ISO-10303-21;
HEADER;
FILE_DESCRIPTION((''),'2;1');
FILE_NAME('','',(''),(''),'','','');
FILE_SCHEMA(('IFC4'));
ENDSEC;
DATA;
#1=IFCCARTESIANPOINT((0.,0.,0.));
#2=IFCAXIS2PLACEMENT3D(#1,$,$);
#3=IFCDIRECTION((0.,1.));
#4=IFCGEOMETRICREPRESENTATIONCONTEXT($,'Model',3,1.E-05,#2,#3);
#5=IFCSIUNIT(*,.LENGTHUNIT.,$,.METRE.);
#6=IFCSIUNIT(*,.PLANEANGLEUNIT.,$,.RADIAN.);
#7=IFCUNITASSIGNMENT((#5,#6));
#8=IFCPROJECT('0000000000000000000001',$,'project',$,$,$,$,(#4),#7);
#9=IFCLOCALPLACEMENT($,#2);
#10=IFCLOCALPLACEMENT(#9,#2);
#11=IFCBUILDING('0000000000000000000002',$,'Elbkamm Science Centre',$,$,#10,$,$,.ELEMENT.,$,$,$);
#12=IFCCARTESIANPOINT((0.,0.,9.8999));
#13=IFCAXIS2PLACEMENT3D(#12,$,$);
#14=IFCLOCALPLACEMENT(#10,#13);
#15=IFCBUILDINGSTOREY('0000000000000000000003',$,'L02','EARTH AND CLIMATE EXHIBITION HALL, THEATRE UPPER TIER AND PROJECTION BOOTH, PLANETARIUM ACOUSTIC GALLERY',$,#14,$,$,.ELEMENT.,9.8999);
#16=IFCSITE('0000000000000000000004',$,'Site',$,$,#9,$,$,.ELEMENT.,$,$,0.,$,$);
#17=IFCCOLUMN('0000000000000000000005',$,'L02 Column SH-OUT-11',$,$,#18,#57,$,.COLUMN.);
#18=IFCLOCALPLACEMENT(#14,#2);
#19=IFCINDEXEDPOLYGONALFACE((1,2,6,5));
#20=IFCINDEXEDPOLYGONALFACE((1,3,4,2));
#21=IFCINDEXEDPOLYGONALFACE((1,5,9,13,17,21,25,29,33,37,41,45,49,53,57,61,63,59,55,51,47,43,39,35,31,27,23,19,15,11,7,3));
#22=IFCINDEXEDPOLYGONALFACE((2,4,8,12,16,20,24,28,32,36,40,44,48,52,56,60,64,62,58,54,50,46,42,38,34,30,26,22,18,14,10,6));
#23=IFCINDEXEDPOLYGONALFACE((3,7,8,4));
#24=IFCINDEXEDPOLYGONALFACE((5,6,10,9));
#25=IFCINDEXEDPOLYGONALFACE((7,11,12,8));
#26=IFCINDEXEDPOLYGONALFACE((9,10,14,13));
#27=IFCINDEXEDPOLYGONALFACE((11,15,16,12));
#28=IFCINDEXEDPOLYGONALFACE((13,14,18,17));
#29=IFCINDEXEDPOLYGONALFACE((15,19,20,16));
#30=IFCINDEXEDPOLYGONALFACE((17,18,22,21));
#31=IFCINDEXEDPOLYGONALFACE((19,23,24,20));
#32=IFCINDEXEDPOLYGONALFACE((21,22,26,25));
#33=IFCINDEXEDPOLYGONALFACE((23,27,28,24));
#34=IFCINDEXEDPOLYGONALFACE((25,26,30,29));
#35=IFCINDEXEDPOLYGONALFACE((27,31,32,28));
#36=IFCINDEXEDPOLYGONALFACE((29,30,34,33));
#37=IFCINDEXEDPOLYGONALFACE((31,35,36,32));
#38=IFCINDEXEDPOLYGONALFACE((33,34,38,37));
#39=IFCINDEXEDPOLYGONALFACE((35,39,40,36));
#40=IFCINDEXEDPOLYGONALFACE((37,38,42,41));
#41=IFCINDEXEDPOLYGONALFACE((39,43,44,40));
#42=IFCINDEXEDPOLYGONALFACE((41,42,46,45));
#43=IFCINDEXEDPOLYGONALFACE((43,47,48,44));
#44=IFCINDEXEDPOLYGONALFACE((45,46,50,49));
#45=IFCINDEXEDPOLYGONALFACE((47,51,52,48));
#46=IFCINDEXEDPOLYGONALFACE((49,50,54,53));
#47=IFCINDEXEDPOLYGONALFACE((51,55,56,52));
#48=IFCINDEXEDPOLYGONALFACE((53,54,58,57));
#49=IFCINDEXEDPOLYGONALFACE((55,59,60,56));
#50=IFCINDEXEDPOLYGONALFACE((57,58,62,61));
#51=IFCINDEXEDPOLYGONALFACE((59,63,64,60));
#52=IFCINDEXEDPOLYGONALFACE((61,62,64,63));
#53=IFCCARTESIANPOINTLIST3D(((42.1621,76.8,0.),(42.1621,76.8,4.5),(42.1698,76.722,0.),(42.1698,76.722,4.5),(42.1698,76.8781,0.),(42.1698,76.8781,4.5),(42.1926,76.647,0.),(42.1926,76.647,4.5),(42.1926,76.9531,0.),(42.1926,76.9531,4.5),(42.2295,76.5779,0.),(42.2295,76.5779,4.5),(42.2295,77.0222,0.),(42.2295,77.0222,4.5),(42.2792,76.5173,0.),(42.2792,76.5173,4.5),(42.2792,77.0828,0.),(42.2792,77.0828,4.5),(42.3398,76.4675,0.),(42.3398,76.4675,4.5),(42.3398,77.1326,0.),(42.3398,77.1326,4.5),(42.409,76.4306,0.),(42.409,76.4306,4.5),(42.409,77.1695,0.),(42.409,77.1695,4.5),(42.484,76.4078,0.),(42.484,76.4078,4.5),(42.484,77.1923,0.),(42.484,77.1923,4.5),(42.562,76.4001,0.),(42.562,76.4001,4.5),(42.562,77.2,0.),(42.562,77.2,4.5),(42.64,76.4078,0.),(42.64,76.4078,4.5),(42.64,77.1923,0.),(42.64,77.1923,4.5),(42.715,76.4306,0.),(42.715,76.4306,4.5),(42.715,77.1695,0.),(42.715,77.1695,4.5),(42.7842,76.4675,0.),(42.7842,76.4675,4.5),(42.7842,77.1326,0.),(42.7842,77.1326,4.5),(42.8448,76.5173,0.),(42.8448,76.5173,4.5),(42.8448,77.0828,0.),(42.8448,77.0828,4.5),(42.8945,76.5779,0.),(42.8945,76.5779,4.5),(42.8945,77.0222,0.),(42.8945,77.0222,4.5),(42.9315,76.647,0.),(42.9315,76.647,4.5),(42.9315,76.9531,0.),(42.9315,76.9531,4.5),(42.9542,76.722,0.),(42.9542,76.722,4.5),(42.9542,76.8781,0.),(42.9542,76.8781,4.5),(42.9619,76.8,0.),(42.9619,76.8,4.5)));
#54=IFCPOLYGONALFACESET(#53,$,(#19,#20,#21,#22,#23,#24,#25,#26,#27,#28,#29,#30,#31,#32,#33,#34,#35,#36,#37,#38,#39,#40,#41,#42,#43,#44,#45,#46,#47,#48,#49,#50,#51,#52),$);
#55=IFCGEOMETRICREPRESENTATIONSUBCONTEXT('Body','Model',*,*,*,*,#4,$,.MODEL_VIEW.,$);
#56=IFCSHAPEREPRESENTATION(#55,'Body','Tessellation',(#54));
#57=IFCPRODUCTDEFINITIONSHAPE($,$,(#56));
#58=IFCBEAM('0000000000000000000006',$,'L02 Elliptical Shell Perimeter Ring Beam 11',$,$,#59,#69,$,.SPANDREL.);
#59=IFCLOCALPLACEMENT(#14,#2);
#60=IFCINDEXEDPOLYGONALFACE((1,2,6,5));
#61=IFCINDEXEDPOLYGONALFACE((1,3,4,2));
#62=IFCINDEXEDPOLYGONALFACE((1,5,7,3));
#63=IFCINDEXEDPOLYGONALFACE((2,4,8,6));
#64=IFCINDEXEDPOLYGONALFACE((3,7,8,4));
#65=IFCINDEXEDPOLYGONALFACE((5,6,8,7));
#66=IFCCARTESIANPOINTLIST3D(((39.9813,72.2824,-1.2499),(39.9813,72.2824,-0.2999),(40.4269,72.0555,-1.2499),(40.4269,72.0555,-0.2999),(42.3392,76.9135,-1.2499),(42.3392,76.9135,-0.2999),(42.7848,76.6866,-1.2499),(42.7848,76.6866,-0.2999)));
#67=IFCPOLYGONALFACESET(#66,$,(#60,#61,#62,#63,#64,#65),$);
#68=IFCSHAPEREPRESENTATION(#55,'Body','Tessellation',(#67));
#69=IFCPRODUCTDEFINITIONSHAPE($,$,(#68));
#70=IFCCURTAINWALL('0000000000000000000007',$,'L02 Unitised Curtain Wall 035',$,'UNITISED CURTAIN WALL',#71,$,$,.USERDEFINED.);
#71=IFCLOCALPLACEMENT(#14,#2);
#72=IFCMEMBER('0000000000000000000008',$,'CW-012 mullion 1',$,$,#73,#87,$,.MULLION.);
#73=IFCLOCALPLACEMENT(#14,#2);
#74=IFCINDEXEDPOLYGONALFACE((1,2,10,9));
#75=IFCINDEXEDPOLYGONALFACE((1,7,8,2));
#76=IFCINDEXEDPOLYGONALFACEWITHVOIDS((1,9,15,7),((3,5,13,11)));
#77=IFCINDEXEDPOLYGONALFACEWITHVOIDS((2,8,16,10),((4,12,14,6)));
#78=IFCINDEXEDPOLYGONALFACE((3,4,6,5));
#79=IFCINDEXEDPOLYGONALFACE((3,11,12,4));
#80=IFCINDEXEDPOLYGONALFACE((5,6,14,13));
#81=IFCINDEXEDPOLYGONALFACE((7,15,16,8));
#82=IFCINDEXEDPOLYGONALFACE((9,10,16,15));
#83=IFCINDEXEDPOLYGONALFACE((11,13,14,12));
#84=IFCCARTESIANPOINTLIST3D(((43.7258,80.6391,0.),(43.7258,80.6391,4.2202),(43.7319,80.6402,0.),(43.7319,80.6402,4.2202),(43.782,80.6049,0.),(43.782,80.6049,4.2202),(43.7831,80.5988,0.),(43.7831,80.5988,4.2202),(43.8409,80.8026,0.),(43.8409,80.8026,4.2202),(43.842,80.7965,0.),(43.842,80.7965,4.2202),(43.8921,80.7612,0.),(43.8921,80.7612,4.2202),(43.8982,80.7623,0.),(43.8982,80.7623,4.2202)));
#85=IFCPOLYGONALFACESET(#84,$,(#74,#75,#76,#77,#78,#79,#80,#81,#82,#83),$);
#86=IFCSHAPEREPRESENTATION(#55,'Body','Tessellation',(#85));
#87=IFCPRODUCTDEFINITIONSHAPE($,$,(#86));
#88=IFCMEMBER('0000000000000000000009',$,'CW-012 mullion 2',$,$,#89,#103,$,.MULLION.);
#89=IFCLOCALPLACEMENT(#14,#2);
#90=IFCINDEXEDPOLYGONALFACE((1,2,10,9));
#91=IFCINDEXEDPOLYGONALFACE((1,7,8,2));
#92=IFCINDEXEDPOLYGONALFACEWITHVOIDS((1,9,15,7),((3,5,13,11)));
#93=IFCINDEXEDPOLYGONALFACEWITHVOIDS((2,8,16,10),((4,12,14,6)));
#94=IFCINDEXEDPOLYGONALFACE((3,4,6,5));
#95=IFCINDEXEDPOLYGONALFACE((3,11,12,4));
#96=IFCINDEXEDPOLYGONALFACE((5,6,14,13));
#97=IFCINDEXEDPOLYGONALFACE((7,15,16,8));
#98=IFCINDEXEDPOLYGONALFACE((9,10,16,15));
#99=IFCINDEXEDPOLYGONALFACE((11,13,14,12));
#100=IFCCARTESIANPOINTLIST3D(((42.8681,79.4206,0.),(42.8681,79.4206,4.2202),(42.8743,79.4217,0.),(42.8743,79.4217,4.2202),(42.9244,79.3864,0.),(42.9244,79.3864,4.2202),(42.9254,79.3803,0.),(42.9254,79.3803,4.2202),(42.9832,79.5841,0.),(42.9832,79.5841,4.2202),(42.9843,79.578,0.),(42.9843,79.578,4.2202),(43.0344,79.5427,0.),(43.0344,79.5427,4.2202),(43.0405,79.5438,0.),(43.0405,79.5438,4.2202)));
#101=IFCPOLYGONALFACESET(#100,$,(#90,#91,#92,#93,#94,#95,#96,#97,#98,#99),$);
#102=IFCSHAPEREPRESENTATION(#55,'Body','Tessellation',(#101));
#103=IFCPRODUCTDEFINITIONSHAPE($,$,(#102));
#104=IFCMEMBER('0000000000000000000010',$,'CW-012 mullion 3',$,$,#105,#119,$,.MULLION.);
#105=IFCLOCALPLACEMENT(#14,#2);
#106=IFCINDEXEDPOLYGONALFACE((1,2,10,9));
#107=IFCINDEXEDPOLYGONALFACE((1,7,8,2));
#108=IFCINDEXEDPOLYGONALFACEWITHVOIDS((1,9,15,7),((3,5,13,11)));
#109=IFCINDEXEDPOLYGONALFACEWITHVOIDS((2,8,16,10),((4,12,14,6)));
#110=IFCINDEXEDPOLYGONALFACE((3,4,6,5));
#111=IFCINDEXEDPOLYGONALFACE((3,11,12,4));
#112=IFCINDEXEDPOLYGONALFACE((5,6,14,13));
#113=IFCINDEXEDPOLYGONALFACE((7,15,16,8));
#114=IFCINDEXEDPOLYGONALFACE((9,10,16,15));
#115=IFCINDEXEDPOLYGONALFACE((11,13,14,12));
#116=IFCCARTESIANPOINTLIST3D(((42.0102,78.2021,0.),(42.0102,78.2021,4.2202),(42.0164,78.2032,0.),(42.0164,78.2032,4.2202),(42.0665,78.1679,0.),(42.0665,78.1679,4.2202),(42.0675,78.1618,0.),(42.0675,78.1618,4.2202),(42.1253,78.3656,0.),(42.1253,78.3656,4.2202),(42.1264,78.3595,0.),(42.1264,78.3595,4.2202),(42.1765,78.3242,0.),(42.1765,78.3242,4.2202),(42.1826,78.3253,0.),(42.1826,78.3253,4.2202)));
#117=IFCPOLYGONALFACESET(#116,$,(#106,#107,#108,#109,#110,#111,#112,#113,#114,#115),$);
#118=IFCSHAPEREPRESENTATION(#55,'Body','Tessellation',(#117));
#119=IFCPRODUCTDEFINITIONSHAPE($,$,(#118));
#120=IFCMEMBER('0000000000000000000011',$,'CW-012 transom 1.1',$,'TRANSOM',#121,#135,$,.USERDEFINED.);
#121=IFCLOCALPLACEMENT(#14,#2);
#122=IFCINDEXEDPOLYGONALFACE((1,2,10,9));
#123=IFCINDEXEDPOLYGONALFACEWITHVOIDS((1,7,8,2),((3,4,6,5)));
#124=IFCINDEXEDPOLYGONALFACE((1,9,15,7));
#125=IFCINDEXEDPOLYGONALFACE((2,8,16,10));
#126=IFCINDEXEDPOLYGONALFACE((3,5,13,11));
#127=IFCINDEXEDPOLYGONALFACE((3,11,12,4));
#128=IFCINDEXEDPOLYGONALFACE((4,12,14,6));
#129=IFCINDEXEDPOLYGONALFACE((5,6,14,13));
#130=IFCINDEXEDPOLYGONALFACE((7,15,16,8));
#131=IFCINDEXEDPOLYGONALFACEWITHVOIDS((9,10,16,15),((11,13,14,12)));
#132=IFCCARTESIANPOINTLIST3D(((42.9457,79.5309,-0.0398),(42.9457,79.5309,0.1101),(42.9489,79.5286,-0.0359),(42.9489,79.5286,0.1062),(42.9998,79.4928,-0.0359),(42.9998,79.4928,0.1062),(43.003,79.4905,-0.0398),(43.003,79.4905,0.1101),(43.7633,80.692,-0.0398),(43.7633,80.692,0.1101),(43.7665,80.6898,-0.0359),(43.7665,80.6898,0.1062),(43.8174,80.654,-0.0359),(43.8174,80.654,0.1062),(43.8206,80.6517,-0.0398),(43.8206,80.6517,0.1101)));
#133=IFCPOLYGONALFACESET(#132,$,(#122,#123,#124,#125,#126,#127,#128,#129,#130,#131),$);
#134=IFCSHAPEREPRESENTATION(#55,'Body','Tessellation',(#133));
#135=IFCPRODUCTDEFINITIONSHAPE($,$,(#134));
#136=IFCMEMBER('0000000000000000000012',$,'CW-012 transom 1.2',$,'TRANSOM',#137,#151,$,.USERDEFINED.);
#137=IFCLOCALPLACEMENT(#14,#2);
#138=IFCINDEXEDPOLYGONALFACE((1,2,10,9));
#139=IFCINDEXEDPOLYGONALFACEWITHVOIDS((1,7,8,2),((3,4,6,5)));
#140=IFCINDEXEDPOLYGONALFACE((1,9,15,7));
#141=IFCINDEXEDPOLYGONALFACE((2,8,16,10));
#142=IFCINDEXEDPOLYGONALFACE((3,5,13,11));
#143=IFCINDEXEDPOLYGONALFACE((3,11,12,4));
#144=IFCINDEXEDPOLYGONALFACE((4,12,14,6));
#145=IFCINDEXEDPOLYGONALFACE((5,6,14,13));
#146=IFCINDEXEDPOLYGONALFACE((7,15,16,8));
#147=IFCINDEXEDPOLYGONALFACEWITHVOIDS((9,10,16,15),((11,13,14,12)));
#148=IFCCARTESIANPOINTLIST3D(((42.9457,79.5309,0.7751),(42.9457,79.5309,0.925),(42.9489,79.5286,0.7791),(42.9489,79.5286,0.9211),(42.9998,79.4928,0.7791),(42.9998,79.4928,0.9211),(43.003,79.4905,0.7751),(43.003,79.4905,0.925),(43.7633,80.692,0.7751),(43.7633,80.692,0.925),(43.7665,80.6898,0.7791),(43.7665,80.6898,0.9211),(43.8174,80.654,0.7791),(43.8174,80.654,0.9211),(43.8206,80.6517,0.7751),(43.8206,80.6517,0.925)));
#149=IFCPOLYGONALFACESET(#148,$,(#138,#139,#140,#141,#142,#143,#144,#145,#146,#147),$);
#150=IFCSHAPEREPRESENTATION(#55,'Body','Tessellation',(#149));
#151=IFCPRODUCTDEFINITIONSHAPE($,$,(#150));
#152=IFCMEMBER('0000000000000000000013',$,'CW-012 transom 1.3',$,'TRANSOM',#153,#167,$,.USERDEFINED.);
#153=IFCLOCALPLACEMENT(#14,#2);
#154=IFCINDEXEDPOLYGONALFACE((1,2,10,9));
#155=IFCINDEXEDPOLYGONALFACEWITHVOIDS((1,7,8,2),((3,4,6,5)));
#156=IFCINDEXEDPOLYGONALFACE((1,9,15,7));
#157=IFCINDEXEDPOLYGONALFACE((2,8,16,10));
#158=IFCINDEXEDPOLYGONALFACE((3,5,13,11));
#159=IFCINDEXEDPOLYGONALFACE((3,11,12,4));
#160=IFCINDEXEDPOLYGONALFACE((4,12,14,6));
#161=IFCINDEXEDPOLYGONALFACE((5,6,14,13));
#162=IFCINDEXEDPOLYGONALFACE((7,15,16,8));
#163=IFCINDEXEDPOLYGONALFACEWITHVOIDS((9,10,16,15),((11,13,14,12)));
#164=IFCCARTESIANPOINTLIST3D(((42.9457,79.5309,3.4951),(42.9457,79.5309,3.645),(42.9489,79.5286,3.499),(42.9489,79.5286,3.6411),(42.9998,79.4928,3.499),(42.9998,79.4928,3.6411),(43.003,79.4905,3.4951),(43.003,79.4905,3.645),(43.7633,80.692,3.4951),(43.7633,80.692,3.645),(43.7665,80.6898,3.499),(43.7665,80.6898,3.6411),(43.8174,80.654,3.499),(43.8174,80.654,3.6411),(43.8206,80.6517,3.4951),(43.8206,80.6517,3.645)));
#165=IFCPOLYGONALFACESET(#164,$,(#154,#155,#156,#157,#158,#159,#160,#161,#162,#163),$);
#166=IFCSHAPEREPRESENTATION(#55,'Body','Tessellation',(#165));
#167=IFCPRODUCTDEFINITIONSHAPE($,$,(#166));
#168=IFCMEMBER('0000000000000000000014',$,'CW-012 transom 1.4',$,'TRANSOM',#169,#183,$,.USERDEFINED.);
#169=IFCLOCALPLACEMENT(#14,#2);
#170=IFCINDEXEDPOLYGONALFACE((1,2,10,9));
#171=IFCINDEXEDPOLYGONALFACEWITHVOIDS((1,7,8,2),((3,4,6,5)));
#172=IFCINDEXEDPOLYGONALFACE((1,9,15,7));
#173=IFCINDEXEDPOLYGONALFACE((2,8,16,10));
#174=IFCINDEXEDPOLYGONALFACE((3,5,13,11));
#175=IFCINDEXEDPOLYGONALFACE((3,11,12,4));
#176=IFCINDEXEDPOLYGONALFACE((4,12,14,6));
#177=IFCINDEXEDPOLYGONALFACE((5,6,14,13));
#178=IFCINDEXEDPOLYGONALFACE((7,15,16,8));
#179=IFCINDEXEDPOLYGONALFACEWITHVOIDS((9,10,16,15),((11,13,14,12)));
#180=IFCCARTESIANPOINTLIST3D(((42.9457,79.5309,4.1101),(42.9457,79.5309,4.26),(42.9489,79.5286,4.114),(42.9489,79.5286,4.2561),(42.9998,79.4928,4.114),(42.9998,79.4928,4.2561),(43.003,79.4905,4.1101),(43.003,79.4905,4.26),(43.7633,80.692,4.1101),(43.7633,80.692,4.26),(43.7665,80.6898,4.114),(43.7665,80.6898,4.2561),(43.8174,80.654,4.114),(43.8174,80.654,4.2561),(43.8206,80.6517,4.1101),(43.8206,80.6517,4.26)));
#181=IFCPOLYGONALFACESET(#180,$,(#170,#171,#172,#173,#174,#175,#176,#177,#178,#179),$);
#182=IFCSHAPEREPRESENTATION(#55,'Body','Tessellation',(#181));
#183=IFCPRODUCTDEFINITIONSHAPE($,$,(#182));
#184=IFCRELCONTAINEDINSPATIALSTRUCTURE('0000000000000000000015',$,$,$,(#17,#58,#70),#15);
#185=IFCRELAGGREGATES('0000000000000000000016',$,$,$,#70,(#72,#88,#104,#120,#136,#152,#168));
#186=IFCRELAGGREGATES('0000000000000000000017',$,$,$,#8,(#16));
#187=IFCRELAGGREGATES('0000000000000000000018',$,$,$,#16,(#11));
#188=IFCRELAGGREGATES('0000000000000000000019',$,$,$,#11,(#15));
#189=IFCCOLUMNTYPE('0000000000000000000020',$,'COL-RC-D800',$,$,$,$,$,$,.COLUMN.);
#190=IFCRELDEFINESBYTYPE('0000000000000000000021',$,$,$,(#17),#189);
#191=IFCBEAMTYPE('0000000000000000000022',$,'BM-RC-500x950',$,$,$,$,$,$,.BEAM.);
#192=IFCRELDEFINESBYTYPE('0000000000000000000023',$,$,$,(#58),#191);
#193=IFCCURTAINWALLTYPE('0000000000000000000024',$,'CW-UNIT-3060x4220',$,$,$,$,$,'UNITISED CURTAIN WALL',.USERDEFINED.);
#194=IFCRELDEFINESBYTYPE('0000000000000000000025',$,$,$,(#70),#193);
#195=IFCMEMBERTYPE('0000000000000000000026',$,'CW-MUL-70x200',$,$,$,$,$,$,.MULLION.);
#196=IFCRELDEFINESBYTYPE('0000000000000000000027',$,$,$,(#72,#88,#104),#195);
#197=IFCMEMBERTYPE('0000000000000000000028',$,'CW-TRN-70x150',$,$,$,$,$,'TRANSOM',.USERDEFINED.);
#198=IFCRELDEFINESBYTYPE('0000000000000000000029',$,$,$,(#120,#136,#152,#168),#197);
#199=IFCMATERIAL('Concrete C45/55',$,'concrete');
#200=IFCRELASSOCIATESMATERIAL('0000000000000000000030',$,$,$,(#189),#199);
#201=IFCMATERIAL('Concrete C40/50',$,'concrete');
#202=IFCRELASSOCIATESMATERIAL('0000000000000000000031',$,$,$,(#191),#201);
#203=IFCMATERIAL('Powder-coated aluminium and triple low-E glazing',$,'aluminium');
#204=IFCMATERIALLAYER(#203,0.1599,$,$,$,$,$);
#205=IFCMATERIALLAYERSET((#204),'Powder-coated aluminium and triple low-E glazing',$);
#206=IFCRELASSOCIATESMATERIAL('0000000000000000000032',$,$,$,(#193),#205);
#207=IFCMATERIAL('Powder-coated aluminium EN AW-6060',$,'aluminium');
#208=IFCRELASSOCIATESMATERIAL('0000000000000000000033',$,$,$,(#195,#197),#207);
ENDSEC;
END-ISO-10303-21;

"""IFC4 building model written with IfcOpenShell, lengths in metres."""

from ifc_helpers import new_model, si_unit, direction, frame, origin, origin_2d, place, context, subcontext, project, spatial, rectangle, hollow_rectangle, circle, extrude, material, layer, layer_set, material_profile, profile_set, type_object, element, aggregate, save


model = new_model("IFC4")

# Units and contexts
model_context = context("Model", 3, precision=1e-05, world=origin(), true_north=direction((0.0, 1.0)))
body_context = subcontext(model_context, "Body", "Model", "MODEL_VIEW")
ifc_project = project(units=[si_unit("LENGTHUNIT", "METRE"), si_unit("PLANEANGLEUNIT", "RADIAN")], contexts=[model_context])

# Site, building, storey
site_placement = place(None, origin())
site = spatial("IfcSite", under=ifc_project, at=site_placement, Name="Site", CompositionType="ELEMENT", RefElevation=0.0)
building_placement = place(site_placement, origin())
building = spatial("IfcBuilding", under=site, at=building_placement, Name="Elbkamm Science Centre", CompositionType="ELEMENT")
storey_placement = place(building_placement, frame((0.0, 0.0, 9.8999)))
storey = spatial("IfcBuildingStorey", under=building, at=storey_placement, Name="L02", Description="EARTH AND CLIMATE EXHIBITION HALL, THEATRE UPPER TIER AND PROJECTION BOOTH, PLANETARIUM ACOUSTIC GALLERY", CompositionType="ELEMENT", Elevation=9.8999)

# Column
ifc_material_1 = material(Name="Concrete C45/55", Category="concrete")
ifc_material_profile_1 = material_profile(ifc_material_1, circle(Radius=0.3999, at=origin_2d()), Name="RC D800")
ifc_profile_set_1 = profile_set([ifc_material_profile_1], Name="Concrete C45/55")
column_type = type_object("IfcColumnType", Name="COL-RC-D800", PredefinedType="COLUMN", material=ifc_profile_set_1)
column_placement = place(storey_placement, frame((42.562, 76.8, 0.0), z_axis=(0.0, 0.0, 1.0), x_axis=(1.0, 0.0, 0.0)))
element("IfcColumn", 1, at=column_placement, inside=storey, type_object=column_type, Name="L02 Column SH-OUT-11", PredefinedType="COLUMN", context=body_context, shape_type="SweptSolid", body=[
    extrude(circle(Radius=0.3999, at=origin_2d()), origin(), (0.0, 0.0, 1.0), 4.5),
])

# Beam
ifc_material_2 = material(Name="Concrete C40/50", Category="concrete")
ifc_material_profile_2 = material_profile(ifc_material_2, rectangle(XDim=0.5, YDim=0.95, at=origin_2d()), Name="RC 500x950")
ifc_profile_set_2 = profile_set([ifc_material_profile_2], Name="Concrete C40/50")
beam_type = type_object("IfcBeamType", Name="BM-RC-500x950", PredefinedType="BEAM", material=ifc_profile_set_2)
beam_placement = place(storey_placement, frame((42.562, 76.8, -0.7749), z_axis=(-0.453722, -0.891143, 0.0), x_axis=(0.891143, -0.453722, 0.0)))
element("IfcBeam", 2, at=beam_placement, inside=storey, type_object=beam_type, Name="L02 Elliptical Shell Perimeter Ring Beam 11", PredefinedType="SPANDREL", context=body_context, shape_type="SweptSolid", body=[
    extrude(rectangle(XDim=0.5, YDim=0.95, at=origin_2d()), origin(), (0.0, 0.0, 1.0), 5.1968),
])

# Curtain wall, members
ifc_material_3 = material(Name="Powder-coated aluminium and triple low-E glazing", Category="aluminium")
ifc_layer_1 = layer(ifc_material_3, 0.1599)
ifc_layer_set_1 = layer_set([ifc_layer_1], Name="Powder-coated aluminium and triple low-E glazing")
curtain_wall_type = type_object("IfcCurtainWallType", Name="CW-UNIT-3060x4220", ElementType="UNITISED CURTAIN WALL", PredefinedType="USERDEFINED", material=ifc_layer_set_1)
curtain_wall_placement = place(storey_placement, origin())
curtain_wall = element("IfcCurtainWall", 3, at=curtain_wall_placement, inside=storey, type_object=curtain_wall_type, Name="L02 Unitised Curtain Wall 035", ObjectType="UNITISED CURTAIN WALL", PredefinedType="USERDEFINED")
ifc_material_4 = material(Name="Powder-coated aluminium EN AW-6060", Category="aluminium")
ifc_material_profile_3 = material_profile(ifc_material_4, hollow_rectangle(XDim=0.0701, YDim=0.2, WallThickness=0.0044, at=origin_2d()), Name="ALU M70x200")
ifc_profile_set_3 = profile_set([ifc_material_profile_3], Name="Powder-coated aluminium EN AW-6060")
member_type_1 = type_object("IfcMemberType", Name="CW-MUL-70x200", PredefinedType="MULLION", material=ifc_profile_set_3)
member_1_placement = place(storey_placement, frame((43.812, 80.7007, 0.0), z_axis=(0.0, 0.0, 1.0), x_axis=(0.817695, -0.575652, 0.0)))
member_1 = element("IfcMember", 4, at=member_1_placement, type_object=member_type_1, Name="CW-012 mullion 1", PredefinedType="MULLION", context=body_context, shape_type="SweptSolid", body=[
    extrude(hollow_rectangle(XDim=0.0701, YDim=0.2, WallThickness=0.0044, at=origin_2d()), origin(), (0.0, 0.0, 1.0), 4.2202),
])
member_2_placement = place(storey_placement, frame((42.9543, 79.4822, 0.0), z_axis=(0.0, 0.0, 1.0), x_axis=(0.817695, -0.575652, 0.0)))
member_2 = element("IfcMember", 5, at=member_2_placement, type_object=member_type_1, Name="CW-012 mullion 2", PredefinedType="MULLION", context=body_context, shape_type="SweptSolid", body=[
    extrude(hollow_rectangle(XDim=0.0701, YDim=0.2, WallThickness=0.0044, at=origin_2d()), origin(), (0.0, 0.0, 1.0), 4.2202),
])
member_3_placement = place(storey_placement, frame((42.0964, 78.2637, 0.0), z_axis=(0.0, 0.0, 1.0), x_axis=(0.817695, -0.575652, 0.0)))
member_3 = element("IfcMember", 6, at=member_3_placement, type_object=member_type_1, Name="CW-012 mullion 3", PredefinedType="MULLION", context=body_context, shape_type="SweptSolid", body=[
    extrude(hollow_rectangle(XDim=0.0701, YDim=0.2, WallThickness=0.0044, at=origin_2d()), origin(), (0.0, 0.0, 1.0), 4.2202),
])
ifc_material_profile_4 = material_profile(ifc_material_4, hollow_rectangle(XDim=0.0701, YDim=0.1499, WallThickness=0.0039, at=origin_2d()), Name="ALU T70x150")
ifc_profile_set_4 = profile_set([ifc_material_profile_4], Name="Powder-coated aluminium EN AW-6060")
member_type_2 = type_object("IfcMemberType", Name="CW-TRN-70x150", ElementType="TRANSOM", PredefinedType="USERDEFINED", material=ifc_profile_set_4)
member_4_placement = place(storey_placement, frame((43.792, 80.6719, 0.0352), z_axis=(-0.575745, -0.81763, 0.0), x_axis=(0.81763, -0.575745, 0.0)))
member_4 = element("IfcMember", 7, at=member_4_placement, type_object=member_type_2, Name="CW-012 transom 1.1", ObjectType="TRANSOM", PredefinedType="USERDEFINED", context=body_context, shape_type="SweptSolid", body=[
    extrude(hollow_rectangle(XDim=0.0701, YDim=0.1499, WallThickness=0.0039, at=origin_2d()), origin(), (0.0, 0.0, 1.0), 1.4202),
])
member_5_placement = place(storey_placement, frame((43.792, 80.6719, 0.8501), z_axis=(-0.575745, -0.81763, 0.0), x_axis=(0.81763, -0.575745, 0.0)))
member_5 = element("IfcMember", 8, at=member_5_placement, type_object=member_type_2, Name="CW-012 transom 1.2", ObjectType="TRANSOM", PredefinedType="USERDEFINED", context=body_context, shape_type="SweptSolid", body=[
    extrude(hollow_rectangle(XDim=0.0701, YDim=0.1499, WallThickness=0.0039, at=origin_2d()), origin(), (0.0, 0.0, 1.0), 1.4202),
])
member_6_placement = place(storey_placement, frame((43.792, 80.6719, 3.5701), z_axis=(-0.575745, -0.81763, 0.0), x_axis=(0.81763, -0.575745, 0.0)))
member_6 = element("IfcMember", 9, at=member_6_placement, type_object=member_type_2, Name="CW-012 transom 1.3", ObjectType="TRANSOM", PredefinedType="USERDEFINED", context=body_context, shape_type="SweptSolid", body=[
    extrude(hollow_rectangle(XDim=0.0701, YDim=0.1499, WallThickness=0.0039, at=origin_2d()), origin(), (0.0, 0.0, 1.0), 1.4202),
])
member_7_placement = place(storey_placement, frame((43.792, 80.6719, 4.1851), z_axis=(-0.575745, -0.81763, 0.0), x_axis=(0.81763, -0.575745, 0.0)))
member_7 = element("IfcMember", 10, at=member_7_placement, type_object=member_type_2, Name="CW-012 transom 1.4", ObjectType="TRANSOM", PredefinedType="USERDEFINED", context=body_context, shape_type="SweptSolid", body=[
    extrude(hollow_rectangle(XDim=0.0701, YDim=0.1499, WallThickness=0.0039, at=origin_2d()), origin(), (0.0, 0.0, 1.0), 1.4202),
])
aggregate(curtain_wall, [member_1, member_2, member_3, member_4, member_5, member_6, member_7])

save(model, "model.ifc")
